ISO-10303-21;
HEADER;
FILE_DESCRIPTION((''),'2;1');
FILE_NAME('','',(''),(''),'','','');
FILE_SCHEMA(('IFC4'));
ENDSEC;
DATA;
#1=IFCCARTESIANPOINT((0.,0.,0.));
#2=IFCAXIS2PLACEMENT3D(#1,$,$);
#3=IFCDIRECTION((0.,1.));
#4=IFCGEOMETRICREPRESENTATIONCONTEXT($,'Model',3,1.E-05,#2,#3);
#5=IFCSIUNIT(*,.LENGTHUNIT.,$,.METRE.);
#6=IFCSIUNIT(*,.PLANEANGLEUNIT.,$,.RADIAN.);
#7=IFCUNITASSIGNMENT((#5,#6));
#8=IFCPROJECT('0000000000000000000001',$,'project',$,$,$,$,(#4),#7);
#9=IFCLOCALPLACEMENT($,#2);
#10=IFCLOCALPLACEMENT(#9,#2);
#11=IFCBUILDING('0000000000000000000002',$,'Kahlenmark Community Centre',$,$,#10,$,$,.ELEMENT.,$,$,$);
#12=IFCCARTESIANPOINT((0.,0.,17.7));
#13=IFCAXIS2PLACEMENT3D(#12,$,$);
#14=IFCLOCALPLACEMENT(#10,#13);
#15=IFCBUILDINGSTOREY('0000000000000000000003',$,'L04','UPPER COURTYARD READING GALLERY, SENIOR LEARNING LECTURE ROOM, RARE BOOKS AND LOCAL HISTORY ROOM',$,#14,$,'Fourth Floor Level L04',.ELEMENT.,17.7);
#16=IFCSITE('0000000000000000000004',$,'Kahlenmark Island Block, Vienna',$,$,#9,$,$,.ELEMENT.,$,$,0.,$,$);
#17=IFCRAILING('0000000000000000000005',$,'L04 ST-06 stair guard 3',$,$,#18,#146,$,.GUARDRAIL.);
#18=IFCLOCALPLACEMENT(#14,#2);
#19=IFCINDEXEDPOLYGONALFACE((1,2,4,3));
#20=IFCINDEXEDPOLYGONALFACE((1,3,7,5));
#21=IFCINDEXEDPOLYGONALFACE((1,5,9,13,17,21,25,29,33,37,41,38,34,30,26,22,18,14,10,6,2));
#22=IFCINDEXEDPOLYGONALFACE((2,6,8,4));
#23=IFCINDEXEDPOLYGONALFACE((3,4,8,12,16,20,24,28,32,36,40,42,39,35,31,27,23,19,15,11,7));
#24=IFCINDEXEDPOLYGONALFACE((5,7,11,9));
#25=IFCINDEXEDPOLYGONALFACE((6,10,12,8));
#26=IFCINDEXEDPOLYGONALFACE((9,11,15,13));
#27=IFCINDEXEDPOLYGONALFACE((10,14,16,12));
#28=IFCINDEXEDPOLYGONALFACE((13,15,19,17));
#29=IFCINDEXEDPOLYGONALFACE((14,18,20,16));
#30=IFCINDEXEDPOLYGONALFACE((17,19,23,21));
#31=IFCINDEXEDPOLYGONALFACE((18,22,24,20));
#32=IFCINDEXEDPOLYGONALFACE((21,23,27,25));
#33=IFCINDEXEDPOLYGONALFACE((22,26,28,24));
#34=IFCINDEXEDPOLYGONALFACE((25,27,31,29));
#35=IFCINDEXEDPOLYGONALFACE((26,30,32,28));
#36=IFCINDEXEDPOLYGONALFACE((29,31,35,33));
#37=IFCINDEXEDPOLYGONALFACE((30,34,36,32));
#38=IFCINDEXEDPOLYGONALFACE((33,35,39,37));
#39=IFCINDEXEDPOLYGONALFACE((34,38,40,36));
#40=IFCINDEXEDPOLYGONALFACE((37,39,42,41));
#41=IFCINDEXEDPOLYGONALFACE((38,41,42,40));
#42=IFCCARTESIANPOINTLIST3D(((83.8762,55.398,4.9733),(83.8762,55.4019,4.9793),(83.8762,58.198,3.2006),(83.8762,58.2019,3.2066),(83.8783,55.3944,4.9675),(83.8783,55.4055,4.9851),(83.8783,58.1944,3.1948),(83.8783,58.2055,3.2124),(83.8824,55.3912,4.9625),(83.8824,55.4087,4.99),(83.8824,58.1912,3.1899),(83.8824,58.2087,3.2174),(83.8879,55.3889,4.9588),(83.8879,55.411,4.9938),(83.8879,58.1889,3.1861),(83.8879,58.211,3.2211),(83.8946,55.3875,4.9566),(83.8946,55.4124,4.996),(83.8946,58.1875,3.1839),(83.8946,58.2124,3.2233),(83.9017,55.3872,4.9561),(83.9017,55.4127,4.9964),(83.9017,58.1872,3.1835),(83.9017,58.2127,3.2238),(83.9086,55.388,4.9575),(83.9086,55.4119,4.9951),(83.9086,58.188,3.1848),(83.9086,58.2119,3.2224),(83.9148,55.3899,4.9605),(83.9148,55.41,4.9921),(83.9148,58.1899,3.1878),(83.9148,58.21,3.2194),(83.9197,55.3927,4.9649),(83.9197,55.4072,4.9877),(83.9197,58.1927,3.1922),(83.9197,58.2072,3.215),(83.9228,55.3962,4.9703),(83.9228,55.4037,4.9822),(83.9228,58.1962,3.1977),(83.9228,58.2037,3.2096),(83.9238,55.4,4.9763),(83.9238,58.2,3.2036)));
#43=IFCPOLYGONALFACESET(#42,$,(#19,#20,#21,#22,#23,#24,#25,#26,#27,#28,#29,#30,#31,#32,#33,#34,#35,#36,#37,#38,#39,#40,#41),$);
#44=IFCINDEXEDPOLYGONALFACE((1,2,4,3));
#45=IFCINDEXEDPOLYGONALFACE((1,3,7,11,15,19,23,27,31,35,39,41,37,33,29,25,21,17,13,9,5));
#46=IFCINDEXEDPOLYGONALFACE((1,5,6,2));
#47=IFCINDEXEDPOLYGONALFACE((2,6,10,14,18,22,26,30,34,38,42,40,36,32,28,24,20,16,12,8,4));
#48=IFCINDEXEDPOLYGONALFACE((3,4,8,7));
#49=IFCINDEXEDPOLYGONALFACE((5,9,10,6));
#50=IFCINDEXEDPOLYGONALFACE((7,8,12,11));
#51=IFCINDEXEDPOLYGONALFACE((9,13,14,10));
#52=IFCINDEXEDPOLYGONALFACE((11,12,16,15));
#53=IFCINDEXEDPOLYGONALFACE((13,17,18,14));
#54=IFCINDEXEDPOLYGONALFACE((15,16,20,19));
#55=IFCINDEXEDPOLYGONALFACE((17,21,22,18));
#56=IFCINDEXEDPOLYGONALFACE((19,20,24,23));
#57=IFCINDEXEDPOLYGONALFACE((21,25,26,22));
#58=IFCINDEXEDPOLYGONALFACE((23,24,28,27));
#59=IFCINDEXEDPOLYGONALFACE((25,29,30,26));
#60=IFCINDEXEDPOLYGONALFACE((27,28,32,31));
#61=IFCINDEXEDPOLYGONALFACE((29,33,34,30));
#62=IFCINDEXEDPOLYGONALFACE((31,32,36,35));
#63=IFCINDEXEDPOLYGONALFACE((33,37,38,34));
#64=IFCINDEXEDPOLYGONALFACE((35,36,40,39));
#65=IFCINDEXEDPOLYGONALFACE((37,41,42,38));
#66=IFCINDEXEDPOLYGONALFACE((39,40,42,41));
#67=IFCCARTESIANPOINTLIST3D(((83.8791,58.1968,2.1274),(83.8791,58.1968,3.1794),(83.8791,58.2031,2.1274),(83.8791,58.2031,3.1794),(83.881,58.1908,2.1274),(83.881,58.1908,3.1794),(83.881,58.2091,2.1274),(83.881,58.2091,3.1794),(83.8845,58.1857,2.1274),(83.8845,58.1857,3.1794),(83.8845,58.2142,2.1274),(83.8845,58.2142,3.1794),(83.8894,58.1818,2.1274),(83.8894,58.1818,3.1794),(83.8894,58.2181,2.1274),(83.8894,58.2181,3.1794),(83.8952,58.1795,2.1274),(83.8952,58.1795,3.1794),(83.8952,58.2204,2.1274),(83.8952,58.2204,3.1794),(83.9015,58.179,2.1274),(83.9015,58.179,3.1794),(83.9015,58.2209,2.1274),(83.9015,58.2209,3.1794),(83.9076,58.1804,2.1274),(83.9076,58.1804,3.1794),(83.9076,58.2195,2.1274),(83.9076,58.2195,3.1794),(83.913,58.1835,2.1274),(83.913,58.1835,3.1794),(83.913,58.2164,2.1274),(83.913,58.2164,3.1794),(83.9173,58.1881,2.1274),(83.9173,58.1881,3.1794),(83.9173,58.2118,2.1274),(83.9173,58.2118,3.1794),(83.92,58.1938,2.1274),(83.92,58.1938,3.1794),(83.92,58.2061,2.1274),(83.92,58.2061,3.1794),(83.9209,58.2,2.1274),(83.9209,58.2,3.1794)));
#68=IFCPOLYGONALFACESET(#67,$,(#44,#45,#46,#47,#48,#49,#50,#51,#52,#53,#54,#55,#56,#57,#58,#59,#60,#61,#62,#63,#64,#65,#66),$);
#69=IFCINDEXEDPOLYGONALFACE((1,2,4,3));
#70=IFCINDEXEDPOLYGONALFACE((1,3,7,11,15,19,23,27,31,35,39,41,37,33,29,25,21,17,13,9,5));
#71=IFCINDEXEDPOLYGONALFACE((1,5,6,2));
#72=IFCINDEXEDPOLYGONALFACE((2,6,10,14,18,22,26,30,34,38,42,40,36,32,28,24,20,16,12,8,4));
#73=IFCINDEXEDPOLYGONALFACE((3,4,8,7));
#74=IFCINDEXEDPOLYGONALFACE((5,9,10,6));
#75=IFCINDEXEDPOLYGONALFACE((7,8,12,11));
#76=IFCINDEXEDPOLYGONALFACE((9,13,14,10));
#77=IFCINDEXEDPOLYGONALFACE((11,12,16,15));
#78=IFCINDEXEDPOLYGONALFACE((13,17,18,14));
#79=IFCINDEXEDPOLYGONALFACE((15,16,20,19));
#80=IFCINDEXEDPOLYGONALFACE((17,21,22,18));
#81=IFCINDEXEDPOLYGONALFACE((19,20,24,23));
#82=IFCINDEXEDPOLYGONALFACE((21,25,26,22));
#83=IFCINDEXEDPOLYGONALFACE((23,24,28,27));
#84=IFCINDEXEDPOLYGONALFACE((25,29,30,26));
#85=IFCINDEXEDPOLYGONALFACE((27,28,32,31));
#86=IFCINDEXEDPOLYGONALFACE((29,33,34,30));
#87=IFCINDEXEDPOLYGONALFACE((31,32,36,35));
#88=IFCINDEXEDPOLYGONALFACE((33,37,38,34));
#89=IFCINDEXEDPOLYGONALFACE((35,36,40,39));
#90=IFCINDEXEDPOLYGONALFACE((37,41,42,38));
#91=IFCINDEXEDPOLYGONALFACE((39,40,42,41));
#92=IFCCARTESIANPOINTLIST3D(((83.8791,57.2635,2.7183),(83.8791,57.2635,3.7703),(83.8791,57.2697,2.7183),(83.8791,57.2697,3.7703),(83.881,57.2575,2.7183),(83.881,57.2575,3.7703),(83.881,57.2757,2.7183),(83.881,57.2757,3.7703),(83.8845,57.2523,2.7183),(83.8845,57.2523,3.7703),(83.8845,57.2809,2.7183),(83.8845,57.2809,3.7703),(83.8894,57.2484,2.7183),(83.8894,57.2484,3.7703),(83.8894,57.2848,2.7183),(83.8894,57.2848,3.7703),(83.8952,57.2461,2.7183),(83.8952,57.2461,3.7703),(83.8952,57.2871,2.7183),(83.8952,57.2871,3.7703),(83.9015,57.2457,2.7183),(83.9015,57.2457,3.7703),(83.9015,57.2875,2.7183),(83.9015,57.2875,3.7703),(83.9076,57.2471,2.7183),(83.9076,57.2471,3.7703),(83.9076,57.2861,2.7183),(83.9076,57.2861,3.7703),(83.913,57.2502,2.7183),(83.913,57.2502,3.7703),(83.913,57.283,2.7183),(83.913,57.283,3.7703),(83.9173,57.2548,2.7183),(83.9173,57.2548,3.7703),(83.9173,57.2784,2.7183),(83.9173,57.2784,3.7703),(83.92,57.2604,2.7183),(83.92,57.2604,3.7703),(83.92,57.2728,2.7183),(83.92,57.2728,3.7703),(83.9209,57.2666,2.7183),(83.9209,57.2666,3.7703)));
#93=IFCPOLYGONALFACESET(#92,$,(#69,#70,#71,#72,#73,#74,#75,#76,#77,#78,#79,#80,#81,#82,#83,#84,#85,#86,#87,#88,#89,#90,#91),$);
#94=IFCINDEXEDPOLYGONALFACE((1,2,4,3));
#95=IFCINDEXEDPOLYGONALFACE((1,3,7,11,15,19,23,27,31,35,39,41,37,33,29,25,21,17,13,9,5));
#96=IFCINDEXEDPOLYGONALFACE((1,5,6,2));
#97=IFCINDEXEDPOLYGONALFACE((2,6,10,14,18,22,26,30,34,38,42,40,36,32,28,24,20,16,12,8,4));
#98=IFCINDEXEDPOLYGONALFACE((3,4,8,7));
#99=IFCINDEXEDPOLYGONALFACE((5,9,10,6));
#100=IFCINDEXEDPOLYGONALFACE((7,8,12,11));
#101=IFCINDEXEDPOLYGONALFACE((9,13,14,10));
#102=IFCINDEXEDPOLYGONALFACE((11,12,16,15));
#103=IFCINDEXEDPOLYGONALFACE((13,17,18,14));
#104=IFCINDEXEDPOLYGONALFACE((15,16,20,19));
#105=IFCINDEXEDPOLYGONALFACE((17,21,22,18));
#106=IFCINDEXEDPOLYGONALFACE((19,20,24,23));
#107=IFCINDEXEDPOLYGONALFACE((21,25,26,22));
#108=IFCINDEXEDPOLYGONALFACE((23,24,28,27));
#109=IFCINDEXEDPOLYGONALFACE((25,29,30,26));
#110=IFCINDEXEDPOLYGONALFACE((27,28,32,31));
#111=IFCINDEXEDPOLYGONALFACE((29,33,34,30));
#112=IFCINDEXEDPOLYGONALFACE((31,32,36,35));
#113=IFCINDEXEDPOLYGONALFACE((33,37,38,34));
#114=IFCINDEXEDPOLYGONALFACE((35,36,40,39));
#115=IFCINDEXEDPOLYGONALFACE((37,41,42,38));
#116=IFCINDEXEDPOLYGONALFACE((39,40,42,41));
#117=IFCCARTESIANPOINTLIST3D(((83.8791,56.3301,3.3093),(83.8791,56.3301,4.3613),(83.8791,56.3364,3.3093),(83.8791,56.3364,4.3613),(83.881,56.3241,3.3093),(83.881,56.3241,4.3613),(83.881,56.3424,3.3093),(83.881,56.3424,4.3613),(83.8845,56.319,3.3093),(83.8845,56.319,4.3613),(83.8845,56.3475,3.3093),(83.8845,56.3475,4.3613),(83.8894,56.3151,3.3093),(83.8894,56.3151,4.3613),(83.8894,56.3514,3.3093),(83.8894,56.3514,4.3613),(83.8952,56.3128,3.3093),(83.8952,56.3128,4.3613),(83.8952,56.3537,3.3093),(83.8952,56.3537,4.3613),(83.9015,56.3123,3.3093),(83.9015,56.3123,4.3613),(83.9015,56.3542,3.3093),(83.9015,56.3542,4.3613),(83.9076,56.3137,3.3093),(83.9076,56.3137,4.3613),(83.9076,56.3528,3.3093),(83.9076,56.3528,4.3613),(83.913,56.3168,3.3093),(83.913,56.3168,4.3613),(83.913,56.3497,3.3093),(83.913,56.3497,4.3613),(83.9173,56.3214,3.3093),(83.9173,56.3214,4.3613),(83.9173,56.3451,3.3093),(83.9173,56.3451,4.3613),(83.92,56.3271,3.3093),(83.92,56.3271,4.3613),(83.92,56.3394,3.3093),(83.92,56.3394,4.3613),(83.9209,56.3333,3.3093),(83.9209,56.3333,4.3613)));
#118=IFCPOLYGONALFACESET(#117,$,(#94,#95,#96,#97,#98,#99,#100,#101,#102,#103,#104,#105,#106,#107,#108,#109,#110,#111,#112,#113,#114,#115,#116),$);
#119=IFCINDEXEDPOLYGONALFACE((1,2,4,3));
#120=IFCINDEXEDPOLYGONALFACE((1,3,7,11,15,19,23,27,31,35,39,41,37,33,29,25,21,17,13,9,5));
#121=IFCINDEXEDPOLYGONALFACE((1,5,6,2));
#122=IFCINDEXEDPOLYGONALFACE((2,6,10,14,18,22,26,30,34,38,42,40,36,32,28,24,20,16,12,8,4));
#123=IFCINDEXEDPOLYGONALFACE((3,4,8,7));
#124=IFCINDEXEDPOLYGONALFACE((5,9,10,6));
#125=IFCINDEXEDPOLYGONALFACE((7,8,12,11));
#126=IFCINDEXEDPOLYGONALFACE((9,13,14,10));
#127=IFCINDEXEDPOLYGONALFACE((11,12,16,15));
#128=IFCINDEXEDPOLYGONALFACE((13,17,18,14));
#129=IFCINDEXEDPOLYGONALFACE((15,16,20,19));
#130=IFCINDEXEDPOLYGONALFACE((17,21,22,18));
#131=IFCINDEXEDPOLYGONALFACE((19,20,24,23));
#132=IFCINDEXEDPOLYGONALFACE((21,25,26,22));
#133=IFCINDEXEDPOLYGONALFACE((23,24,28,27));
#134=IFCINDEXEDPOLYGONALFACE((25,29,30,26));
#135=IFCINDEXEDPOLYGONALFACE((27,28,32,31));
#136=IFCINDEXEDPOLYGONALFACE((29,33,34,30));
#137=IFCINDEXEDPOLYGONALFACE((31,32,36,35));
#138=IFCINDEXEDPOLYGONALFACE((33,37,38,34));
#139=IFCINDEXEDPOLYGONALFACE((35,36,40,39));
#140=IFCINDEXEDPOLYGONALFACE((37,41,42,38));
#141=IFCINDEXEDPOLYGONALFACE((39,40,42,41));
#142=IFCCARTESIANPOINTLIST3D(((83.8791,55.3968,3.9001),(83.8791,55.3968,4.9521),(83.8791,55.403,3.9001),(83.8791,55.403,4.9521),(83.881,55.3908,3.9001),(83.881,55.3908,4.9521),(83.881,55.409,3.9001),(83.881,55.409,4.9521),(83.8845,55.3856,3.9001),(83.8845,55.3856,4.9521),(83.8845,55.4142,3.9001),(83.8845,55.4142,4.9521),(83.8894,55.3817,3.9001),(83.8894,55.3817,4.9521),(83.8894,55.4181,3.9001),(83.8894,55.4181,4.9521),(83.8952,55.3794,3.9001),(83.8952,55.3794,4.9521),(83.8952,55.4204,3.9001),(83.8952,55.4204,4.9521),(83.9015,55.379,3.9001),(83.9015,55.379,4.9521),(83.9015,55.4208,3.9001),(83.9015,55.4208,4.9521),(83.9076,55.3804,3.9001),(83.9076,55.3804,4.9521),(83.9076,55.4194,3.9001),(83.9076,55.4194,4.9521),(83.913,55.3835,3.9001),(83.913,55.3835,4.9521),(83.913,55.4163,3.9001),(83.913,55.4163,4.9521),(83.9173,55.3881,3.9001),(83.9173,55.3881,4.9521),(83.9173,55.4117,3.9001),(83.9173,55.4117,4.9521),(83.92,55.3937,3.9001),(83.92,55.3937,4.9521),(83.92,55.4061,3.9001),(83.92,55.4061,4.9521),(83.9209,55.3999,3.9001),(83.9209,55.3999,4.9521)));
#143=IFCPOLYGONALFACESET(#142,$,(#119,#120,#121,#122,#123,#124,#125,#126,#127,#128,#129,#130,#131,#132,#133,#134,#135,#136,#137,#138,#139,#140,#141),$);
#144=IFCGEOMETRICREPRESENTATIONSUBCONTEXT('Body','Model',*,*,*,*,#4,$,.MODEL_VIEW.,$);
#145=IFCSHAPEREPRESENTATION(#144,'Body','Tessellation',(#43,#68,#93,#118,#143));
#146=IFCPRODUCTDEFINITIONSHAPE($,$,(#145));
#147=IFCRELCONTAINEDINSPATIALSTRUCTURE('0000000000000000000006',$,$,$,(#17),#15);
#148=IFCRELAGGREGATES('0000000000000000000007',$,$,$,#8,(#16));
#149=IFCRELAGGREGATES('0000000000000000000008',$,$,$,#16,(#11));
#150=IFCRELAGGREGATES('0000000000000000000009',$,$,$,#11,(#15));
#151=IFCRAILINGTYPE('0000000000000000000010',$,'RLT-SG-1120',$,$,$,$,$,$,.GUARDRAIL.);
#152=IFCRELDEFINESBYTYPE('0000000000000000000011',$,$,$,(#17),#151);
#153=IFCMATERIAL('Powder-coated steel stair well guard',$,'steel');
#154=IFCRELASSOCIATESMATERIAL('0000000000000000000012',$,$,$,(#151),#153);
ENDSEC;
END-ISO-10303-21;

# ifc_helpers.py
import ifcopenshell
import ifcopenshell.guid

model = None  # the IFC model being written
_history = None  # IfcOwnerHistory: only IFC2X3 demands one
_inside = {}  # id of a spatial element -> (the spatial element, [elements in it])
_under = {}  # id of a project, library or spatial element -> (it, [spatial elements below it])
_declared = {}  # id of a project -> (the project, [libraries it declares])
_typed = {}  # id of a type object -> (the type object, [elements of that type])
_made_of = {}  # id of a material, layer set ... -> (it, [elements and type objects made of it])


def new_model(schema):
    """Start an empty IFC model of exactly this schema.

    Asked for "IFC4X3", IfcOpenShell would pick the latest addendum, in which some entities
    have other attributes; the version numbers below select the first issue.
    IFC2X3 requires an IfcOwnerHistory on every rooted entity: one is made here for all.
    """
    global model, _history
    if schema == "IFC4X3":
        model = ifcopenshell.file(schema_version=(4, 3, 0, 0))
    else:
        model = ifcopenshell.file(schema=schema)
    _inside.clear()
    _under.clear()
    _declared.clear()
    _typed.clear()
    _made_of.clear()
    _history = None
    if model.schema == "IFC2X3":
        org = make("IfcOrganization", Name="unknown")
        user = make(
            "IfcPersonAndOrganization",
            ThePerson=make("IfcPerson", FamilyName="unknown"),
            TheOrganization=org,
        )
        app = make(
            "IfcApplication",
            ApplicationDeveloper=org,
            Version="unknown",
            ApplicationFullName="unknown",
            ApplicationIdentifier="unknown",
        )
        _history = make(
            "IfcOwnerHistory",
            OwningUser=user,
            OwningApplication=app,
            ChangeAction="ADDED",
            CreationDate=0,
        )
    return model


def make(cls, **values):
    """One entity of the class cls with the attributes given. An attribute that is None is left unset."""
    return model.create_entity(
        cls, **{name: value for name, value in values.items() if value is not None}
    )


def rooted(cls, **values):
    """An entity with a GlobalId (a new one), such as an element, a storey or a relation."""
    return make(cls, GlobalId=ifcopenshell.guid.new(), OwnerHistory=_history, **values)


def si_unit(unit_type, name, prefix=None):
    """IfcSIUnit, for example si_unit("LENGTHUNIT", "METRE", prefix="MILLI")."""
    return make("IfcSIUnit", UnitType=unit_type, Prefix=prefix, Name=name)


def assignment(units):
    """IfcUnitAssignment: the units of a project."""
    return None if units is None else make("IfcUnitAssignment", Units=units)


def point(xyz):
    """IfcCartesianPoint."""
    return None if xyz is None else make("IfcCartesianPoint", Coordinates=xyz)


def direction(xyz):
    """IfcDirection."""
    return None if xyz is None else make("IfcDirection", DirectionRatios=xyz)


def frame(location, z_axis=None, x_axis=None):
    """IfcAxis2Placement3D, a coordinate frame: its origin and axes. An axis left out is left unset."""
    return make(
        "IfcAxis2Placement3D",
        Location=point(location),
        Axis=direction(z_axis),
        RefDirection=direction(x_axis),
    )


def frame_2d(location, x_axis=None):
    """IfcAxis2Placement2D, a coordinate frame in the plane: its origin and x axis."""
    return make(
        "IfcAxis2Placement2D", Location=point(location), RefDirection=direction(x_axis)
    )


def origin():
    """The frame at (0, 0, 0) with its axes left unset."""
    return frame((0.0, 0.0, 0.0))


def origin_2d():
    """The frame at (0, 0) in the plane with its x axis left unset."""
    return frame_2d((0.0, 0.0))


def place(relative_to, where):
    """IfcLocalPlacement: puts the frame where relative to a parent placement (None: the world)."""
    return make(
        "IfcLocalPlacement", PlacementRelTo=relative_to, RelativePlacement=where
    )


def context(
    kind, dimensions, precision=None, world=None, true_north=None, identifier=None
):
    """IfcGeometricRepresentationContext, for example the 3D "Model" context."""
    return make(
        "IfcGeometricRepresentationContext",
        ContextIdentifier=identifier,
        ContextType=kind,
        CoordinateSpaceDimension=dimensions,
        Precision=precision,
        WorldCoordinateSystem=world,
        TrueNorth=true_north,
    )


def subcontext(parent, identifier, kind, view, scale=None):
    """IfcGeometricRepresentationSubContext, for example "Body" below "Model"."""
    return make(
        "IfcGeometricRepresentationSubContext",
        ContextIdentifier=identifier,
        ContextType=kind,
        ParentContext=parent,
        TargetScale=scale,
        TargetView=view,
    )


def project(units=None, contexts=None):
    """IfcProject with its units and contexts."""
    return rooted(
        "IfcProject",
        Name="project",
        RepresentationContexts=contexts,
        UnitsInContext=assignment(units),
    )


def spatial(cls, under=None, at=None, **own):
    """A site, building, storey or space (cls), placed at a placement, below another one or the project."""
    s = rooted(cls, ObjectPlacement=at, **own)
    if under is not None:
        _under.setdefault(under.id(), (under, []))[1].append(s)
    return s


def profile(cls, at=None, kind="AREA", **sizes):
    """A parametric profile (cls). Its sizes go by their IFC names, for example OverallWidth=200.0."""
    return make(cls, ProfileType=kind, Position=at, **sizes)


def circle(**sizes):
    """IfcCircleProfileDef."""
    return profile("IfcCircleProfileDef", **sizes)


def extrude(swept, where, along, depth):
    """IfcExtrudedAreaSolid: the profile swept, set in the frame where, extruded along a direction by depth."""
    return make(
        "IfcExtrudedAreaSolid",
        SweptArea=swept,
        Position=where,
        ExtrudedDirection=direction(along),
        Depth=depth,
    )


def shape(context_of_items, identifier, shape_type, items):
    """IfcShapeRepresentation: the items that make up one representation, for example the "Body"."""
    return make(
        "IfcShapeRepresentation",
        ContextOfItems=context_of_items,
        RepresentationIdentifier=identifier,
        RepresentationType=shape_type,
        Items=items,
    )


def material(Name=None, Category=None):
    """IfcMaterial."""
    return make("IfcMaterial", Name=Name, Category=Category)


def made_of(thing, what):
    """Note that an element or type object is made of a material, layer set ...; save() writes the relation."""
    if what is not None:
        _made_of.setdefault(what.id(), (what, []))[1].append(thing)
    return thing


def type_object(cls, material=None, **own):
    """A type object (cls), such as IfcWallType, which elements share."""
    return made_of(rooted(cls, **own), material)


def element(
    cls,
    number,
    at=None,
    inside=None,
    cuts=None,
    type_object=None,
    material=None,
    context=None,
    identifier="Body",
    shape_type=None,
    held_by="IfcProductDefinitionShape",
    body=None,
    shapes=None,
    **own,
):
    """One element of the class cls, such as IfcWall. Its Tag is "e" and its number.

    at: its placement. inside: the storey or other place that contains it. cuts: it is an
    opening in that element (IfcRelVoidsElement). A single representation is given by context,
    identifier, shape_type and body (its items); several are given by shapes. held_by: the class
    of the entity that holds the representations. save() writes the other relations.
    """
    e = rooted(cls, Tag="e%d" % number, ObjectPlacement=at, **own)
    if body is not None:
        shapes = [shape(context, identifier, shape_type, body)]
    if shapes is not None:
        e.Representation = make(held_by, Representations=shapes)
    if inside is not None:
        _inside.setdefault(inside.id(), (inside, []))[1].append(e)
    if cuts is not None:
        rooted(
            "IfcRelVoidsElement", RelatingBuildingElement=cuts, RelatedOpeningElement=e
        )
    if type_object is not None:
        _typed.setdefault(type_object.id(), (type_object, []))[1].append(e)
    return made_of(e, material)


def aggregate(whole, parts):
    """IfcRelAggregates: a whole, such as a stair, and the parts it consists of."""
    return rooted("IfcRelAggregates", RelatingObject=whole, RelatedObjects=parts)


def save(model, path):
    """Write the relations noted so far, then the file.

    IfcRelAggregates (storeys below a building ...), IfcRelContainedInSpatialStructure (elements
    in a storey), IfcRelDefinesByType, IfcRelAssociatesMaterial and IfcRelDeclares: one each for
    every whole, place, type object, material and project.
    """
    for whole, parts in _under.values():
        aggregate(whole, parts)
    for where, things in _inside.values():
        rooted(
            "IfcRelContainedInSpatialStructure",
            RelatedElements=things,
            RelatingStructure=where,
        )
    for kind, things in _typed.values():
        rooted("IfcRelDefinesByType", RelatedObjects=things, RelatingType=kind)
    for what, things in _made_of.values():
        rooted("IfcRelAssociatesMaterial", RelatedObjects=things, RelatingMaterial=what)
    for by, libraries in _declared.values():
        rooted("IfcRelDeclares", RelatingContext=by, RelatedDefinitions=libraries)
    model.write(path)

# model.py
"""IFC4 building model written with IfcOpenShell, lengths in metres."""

from ifc_helpers import new_model, si_unit, direction, frame, origin, origin_2d, place, context, subcontext, project, spatial, circle, extrude, material, type_object, element, save


model = new_model("IFC4")

# Units and contexts
model_context = context("Model", 3, precision=1e-05, world=origin(), true_north=direction((0.0, 1.0)))
body_context = subcontext(model_context, "Body", "Model", "MODEL_VIEW")
ifc_project = project(units=[si_unit("LENGTHUNIT", "METRE"), si_unit("PLANEANGLEUNIT", "RADIAN")], contexts=[model_context])

# Site, building, storey
site_placement = place(None, origin())
site = spatial("IfcSite", under=ifc_project, at=site_placement, Name="Kahlenmark Island Block, Vienna", CompositionType="ELEMENT", RefElevation=0.0)
building_placement = place(site_placement, origin())
building = spatial("IfcBuilding", under=site, at=building_placement, Name="Kahlenmark Community Centre", CompositionType="ELEMENT")
storey_placement = place(building_placement, frame((0.0, 0.0, 17.7)))
storey = spatial("IfcBuildingStorey", under=building, at=storey_placement, Name="L04", Description="UPPER COURTYARD READING GALLERY, SENIOR LEARNING LECTURE ROOM, RARE BOOKS AND LOCAL HISTORY ROOM", LongName="Fourth Floor Level L04", CompositionType="ELEMENT", Elevation=17.7)

# Railing
ifc_material_1 = material(Name="Powder-coated steel stair well guard", Category="steel")
railing_type_1 = type_object("IfcRailingType", Name="RLT-SG-1120", PredefinedType="GUARDRAIL", material=ifc_material_1)
railing_1_placement = place(storey_placement, frame((83.8999, 58.2, 2.1274)))
element("IfcRailing", 1, at=railing_1_placement, inside=storey, type_object=railing_type_1, Name="L04 ST-06 stair guard 3", PredefinedType="GUARDRAIL", context=body_context, shape_type="SweptSolid", body=[
    extrude(circle(Radius=0.0239, at=origin_2d()), frame((0.0, 0.0, 1.0762), z_axis=(0.0, -0.844909, 0.53491), x_axis=(1.0, 0.0, 0.0)), (0.0, 0.0, 1.0), 3.314),
    extrude(circle(Radius=0.021, at=origin_2d()), origin(), (0.0, 0.0, 1.0), 1.052),
    extrude(circle(Radius=0.021, at=origin_2d()), frame((0.0, -0.9333, 0.5908)), (0.0, 0.0, 1.0), 1.052),
    extrude(circle(Radius=0.021, at=origin_2d()), frame((0.0, -1.8667, 1.1819)), (0.0, 0.0, 1.0), 1.052),
    extrude(circle(Radius=0.021, at=origin_2d()), frame((0.0, -2.8, 1.7727)), (0.0, 0.0, 1.0), 1.052),
])

save(model, "model.ifc")
